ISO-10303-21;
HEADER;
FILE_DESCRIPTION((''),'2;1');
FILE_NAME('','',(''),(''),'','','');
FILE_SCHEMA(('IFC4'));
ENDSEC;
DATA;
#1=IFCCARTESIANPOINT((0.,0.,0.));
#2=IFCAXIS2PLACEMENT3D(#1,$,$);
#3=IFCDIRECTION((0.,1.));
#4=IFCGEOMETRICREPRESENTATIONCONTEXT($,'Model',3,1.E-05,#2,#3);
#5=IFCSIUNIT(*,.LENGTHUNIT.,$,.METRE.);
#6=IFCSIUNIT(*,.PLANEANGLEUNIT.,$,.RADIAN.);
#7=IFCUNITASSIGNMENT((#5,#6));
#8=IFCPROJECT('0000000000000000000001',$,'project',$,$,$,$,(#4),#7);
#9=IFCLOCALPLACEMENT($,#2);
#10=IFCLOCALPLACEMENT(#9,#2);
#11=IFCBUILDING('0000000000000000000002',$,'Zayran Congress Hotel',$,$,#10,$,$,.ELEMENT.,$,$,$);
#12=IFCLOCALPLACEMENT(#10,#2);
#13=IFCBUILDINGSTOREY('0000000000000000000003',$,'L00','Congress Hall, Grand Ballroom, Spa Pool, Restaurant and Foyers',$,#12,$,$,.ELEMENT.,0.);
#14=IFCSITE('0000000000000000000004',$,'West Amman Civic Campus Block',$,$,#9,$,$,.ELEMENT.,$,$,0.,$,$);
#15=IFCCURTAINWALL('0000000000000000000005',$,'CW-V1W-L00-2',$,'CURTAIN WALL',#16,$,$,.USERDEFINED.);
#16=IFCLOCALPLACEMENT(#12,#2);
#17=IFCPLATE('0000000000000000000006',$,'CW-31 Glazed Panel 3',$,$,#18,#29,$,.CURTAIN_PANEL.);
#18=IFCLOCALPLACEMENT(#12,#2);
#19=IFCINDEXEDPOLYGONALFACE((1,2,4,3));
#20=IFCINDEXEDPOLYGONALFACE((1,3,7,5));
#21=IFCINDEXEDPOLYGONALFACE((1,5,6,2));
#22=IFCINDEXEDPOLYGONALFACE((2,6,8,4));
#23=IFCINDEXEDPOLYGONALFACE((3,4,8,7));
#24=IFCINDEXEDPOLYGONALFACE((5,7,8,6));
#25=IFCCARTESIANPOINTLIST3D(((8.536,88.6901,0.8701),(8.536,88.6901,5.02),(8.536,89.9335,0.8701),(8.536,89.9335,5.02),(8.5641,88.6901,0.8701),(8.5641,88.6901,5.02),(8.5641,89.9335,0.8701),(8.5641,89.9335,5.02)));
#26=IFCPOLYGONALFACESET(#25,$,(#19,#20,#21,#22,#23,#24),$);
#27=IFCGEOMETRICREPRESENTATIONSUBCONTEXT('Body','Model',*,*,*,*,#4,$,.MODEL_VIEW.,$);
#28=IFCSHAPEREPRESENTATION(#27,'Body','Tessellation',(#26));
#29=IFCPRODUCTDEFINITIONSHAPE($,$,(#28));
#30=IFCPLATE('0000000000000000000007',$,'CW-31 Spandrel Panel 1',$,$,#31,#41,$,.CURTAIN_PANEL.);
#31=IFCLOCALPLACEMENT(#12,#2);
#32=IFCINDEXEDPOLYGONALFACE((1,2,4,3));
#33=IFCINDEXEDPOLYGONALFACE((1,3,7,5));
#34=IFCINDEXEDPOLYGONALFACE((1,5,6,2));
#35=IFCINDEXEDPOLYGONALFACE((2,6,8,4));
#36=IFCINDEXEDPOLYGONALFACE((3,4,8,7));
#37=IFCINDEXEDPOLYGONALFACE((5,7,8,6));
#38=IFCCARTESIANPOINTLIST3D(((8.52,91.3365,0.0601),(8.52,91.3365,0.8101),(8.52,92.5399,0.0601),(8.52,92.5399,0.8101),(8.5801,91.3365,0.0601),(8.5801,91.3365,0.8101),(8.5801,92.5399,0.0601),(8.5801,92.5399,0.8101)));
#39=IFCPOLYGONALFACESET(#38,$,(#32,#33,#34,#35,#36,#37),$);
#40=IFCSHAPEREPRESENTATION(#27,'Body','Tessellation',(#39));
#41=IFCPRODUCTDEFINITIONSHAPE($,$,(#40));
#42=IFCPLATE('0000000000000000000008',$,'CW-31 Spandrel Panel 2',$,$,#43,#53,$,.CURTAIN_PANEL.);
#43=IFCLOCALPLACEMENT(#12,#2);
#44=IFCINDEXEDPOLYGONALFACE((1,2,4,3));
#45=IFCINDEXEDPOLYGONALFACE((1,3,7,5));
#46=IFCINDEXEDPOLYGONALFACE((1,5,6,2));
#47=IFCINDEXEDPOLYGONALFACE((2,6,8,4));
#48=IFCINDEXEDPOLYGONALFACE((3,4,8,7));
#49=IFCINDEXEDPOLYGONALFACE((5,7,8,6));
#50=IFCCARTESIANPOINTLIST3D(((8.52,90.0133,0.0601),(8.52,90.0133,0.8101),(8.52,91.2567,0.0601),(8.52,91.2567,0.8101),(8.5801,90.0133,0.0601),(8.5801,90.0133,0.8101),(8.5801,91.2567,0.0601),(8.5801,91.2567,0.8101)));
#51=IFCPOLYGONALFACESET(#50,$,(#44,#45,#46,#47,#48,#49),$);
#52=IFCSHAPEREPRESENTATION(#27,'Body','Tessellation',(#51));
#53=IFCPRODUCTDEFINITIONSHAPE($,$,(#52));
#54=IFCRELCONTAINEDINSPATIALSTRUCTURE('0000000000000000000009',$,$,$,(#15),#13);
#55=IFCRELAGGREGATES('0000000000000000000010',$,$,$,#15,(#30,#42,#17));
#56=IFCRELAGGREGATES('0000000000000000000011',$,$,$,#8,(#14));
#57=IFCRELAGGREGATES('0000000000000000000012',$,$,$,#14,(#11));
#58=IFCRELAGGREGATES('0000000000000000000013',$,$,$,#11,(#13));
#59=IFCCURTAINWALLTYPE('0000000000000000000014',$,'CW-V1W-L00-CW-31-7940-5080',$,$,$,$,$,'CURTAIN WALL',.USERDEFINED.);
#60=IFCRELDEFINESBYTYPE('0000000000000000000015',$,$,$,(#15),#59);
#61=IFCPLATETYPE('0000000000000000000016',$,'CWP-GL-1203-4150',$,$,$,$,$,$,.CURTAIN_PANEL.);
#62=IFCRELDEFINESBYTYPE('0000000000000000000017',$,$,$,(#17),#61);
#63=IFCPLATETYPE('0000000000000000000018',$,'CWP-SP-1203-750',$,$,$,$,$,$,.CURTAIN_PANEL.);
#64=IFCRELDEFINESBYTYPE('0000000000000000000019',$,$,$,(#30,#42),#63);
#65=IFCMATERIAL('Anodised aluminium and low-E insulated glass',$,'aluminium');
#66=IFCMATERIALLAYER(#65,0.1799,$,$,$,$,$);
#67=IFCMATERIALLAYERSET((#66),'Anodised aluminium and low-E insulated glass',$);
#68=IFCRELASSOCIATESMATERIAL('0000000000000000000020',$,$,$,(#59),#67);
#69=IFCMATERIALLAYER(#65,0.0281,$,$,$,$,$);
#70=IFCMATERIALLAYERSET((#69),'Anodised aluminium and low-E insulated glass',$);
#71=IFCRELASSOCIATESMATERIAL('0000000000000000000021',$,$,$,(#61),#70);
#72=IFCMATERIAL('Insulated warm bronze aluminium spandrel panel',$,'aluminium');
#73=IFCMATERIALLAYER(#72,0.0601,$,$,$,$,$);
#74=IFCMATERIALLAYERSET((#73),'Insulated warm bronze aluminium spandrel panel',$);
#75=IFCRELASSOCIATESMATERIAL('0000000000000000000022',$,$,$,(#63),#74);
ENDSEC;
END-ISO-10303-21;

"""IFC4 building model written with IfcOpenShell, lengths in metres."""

from ifc_helpers import new_model, si_unit, direction, frame, origin, origin_2d, place, context, subcontext, project, spatial, rectangle, extrude, material, layer, layer_set, type_object, element, aggregate, save


model = new_model("IFC4")

# Units and contexts
model_context = context("Model", 3, precision=1e-05, world=origin(), true_north=direction((0.0, 1.0)))
body_context = subcontext(model_context, "Body", "Model", "MODEL_VIEW")
ifc_project = project(units=[si_unit("LENGTHUNIT", "METRE"), si_unit("PLANEANGLEUNIT", "RADIAN")], contexts=[model_context])

# Site, building, storey
site_placement = place(None, origin())
site = spatial("IfcSite", under=ifc_project, at=site_placement, Name="West Amman Civic Campus Block", CompositionType="ELEMENT", RefElevation=0.0)
building_placement = place(site_placement, origin())
building = spatial("IfcBuilding", under=site, at=building_placement, Name="Zayran Congress Hotel", CompositionType="ELEMENT")
storey_placement = place(building_placement, origin())
storey = spatial("IfcBuildingStorey", under=building, at=storey_placement, Name="L00", Description="Congress Hall, Grand Ballroom, Spa Pool, Restaurant and Foyers", CompositionType="ELEMENT", Elevation=0.0)

# Curtain wall
ifc_material_1 = material(Name="Anodised aluminium and low-E insulated glass", Category="aluminium")
ifc_layer_1 = layer(ifc_material_1, 0.1799)
ifc_layer_set_1 = layer_set([ifc_layer_1], Name="Anodised aluminium and low-E insulated glass")
curtain_wall_type_1 = type_object("IfcCurtainWallType", Name="CW-V1W-L00-CW-31-7940-5080", ElementType="CURTAIN WALL", PredefinedType="USERDEFINED", material=ifc_layer_set_1)
curtain_wall_1_placement = place(storey_placement, origin())
curtain_wall_1 = element("IfcCurtainWall", 1, at=curtain_wall_1_placement, inside=storey, type_object=curtain_wall_type_1, Name="CW-V1W-L00-2", ObjectType="CURTAIN WALL", PredefinedType="USERDEFINED")

# Plates
ifc_layer_2 = layer(ifc_material_1, 0.0281)
ifc_layer_set_2 = layer_set([ifc_layer_2], Name="Anodised aluminium and low-E insulated glass")
plate_type_1 = type_object("IfcPlateType", Name="CWP-GL-1203-4150", PredefinedType="CURTAIN_PANEL", material=ifc_layer_set_2)
plate_1_placement = place(storey_placement, frame((8.55, 89.3118, 0.8701), z_axis=(0.0, 0.0, 1.0), x_axis=(0.0, 1.0, 0.0)))
plate_1 = element("IfcPlate", 2, at=plate_1_placement, type_object=plate_type_1, Name="CW-31 Glazed Panel 3", PredefinedType="CURTAIN_PANEL", context=body_context, shape_type="SweptSolid", body=[
    extrude(rectangle(XDim=1.2434, YDim=0.0281, at=origin_2d()), origin(), (0.0, 0.0, 1.0), 4.1499),
])
ifc_material_2 = material(Name="Insulated warm bronze aluminium spandrel panel", Category="aluminium")
ifc_layer_3 = layer(ifc_material_2, 0.0601)
ifc_layer_set_3 = layer_set([ifc_layer_3], Name="Insulated warm bronze aluminium spandrel panel")
plate_type_2 = type_object("IfcPlateType", Name="CWP-SP-1203-750", PredefinedType="CURTAIN_PANEL", material=ifc_layer_set_3)
plate_2_placement = place(storey_placement, frame((8.55, 91.9382, 0.0601), z_axis=(0.0, 0.0, 1.0), x_axis=(0.0, 1.0, 0.0)))
plate_2 = element("IfcPlate", 3, at=plate_2_placement, type_object=plate_type_2, Name="CW-31 Spandrel Panel 1", PredefinedType="CURTAIN_PANEL", context=body_context, shape_type="SweptSolid", body=[
    extrude(rectangle(XDim=1.2034, YDim=0.0601, at=origin_2d()), origin(), (0.0, 0.0, 1.0), 0.75),
])
plate_3_placement = place(storey_placement, frame((8.55, 90.635, 0.0601), z_axis=(0.0, 0.0, 1.0), x_axis=(0.0, 1.0, 0.0)))
plate_3 = element("IfcPlate", 4, at=plate_3_placement, type_object=plate_type_2, Name="CW-31 Spandrel Panel 2", PredefinedType="CURTAIN_PANEL", context=body_context, shape_type="SweptSolid", body=[
    extrude(rectangle(XDim=1.2434, YDim=0.0601, at=origin_2d()), origin(), (0.0, 0.0, 1.0), 0.75),
])
aggregate(curtain_wall_1, [plate_2, plate_3, plate_1])

save(model, "model.ifc")
